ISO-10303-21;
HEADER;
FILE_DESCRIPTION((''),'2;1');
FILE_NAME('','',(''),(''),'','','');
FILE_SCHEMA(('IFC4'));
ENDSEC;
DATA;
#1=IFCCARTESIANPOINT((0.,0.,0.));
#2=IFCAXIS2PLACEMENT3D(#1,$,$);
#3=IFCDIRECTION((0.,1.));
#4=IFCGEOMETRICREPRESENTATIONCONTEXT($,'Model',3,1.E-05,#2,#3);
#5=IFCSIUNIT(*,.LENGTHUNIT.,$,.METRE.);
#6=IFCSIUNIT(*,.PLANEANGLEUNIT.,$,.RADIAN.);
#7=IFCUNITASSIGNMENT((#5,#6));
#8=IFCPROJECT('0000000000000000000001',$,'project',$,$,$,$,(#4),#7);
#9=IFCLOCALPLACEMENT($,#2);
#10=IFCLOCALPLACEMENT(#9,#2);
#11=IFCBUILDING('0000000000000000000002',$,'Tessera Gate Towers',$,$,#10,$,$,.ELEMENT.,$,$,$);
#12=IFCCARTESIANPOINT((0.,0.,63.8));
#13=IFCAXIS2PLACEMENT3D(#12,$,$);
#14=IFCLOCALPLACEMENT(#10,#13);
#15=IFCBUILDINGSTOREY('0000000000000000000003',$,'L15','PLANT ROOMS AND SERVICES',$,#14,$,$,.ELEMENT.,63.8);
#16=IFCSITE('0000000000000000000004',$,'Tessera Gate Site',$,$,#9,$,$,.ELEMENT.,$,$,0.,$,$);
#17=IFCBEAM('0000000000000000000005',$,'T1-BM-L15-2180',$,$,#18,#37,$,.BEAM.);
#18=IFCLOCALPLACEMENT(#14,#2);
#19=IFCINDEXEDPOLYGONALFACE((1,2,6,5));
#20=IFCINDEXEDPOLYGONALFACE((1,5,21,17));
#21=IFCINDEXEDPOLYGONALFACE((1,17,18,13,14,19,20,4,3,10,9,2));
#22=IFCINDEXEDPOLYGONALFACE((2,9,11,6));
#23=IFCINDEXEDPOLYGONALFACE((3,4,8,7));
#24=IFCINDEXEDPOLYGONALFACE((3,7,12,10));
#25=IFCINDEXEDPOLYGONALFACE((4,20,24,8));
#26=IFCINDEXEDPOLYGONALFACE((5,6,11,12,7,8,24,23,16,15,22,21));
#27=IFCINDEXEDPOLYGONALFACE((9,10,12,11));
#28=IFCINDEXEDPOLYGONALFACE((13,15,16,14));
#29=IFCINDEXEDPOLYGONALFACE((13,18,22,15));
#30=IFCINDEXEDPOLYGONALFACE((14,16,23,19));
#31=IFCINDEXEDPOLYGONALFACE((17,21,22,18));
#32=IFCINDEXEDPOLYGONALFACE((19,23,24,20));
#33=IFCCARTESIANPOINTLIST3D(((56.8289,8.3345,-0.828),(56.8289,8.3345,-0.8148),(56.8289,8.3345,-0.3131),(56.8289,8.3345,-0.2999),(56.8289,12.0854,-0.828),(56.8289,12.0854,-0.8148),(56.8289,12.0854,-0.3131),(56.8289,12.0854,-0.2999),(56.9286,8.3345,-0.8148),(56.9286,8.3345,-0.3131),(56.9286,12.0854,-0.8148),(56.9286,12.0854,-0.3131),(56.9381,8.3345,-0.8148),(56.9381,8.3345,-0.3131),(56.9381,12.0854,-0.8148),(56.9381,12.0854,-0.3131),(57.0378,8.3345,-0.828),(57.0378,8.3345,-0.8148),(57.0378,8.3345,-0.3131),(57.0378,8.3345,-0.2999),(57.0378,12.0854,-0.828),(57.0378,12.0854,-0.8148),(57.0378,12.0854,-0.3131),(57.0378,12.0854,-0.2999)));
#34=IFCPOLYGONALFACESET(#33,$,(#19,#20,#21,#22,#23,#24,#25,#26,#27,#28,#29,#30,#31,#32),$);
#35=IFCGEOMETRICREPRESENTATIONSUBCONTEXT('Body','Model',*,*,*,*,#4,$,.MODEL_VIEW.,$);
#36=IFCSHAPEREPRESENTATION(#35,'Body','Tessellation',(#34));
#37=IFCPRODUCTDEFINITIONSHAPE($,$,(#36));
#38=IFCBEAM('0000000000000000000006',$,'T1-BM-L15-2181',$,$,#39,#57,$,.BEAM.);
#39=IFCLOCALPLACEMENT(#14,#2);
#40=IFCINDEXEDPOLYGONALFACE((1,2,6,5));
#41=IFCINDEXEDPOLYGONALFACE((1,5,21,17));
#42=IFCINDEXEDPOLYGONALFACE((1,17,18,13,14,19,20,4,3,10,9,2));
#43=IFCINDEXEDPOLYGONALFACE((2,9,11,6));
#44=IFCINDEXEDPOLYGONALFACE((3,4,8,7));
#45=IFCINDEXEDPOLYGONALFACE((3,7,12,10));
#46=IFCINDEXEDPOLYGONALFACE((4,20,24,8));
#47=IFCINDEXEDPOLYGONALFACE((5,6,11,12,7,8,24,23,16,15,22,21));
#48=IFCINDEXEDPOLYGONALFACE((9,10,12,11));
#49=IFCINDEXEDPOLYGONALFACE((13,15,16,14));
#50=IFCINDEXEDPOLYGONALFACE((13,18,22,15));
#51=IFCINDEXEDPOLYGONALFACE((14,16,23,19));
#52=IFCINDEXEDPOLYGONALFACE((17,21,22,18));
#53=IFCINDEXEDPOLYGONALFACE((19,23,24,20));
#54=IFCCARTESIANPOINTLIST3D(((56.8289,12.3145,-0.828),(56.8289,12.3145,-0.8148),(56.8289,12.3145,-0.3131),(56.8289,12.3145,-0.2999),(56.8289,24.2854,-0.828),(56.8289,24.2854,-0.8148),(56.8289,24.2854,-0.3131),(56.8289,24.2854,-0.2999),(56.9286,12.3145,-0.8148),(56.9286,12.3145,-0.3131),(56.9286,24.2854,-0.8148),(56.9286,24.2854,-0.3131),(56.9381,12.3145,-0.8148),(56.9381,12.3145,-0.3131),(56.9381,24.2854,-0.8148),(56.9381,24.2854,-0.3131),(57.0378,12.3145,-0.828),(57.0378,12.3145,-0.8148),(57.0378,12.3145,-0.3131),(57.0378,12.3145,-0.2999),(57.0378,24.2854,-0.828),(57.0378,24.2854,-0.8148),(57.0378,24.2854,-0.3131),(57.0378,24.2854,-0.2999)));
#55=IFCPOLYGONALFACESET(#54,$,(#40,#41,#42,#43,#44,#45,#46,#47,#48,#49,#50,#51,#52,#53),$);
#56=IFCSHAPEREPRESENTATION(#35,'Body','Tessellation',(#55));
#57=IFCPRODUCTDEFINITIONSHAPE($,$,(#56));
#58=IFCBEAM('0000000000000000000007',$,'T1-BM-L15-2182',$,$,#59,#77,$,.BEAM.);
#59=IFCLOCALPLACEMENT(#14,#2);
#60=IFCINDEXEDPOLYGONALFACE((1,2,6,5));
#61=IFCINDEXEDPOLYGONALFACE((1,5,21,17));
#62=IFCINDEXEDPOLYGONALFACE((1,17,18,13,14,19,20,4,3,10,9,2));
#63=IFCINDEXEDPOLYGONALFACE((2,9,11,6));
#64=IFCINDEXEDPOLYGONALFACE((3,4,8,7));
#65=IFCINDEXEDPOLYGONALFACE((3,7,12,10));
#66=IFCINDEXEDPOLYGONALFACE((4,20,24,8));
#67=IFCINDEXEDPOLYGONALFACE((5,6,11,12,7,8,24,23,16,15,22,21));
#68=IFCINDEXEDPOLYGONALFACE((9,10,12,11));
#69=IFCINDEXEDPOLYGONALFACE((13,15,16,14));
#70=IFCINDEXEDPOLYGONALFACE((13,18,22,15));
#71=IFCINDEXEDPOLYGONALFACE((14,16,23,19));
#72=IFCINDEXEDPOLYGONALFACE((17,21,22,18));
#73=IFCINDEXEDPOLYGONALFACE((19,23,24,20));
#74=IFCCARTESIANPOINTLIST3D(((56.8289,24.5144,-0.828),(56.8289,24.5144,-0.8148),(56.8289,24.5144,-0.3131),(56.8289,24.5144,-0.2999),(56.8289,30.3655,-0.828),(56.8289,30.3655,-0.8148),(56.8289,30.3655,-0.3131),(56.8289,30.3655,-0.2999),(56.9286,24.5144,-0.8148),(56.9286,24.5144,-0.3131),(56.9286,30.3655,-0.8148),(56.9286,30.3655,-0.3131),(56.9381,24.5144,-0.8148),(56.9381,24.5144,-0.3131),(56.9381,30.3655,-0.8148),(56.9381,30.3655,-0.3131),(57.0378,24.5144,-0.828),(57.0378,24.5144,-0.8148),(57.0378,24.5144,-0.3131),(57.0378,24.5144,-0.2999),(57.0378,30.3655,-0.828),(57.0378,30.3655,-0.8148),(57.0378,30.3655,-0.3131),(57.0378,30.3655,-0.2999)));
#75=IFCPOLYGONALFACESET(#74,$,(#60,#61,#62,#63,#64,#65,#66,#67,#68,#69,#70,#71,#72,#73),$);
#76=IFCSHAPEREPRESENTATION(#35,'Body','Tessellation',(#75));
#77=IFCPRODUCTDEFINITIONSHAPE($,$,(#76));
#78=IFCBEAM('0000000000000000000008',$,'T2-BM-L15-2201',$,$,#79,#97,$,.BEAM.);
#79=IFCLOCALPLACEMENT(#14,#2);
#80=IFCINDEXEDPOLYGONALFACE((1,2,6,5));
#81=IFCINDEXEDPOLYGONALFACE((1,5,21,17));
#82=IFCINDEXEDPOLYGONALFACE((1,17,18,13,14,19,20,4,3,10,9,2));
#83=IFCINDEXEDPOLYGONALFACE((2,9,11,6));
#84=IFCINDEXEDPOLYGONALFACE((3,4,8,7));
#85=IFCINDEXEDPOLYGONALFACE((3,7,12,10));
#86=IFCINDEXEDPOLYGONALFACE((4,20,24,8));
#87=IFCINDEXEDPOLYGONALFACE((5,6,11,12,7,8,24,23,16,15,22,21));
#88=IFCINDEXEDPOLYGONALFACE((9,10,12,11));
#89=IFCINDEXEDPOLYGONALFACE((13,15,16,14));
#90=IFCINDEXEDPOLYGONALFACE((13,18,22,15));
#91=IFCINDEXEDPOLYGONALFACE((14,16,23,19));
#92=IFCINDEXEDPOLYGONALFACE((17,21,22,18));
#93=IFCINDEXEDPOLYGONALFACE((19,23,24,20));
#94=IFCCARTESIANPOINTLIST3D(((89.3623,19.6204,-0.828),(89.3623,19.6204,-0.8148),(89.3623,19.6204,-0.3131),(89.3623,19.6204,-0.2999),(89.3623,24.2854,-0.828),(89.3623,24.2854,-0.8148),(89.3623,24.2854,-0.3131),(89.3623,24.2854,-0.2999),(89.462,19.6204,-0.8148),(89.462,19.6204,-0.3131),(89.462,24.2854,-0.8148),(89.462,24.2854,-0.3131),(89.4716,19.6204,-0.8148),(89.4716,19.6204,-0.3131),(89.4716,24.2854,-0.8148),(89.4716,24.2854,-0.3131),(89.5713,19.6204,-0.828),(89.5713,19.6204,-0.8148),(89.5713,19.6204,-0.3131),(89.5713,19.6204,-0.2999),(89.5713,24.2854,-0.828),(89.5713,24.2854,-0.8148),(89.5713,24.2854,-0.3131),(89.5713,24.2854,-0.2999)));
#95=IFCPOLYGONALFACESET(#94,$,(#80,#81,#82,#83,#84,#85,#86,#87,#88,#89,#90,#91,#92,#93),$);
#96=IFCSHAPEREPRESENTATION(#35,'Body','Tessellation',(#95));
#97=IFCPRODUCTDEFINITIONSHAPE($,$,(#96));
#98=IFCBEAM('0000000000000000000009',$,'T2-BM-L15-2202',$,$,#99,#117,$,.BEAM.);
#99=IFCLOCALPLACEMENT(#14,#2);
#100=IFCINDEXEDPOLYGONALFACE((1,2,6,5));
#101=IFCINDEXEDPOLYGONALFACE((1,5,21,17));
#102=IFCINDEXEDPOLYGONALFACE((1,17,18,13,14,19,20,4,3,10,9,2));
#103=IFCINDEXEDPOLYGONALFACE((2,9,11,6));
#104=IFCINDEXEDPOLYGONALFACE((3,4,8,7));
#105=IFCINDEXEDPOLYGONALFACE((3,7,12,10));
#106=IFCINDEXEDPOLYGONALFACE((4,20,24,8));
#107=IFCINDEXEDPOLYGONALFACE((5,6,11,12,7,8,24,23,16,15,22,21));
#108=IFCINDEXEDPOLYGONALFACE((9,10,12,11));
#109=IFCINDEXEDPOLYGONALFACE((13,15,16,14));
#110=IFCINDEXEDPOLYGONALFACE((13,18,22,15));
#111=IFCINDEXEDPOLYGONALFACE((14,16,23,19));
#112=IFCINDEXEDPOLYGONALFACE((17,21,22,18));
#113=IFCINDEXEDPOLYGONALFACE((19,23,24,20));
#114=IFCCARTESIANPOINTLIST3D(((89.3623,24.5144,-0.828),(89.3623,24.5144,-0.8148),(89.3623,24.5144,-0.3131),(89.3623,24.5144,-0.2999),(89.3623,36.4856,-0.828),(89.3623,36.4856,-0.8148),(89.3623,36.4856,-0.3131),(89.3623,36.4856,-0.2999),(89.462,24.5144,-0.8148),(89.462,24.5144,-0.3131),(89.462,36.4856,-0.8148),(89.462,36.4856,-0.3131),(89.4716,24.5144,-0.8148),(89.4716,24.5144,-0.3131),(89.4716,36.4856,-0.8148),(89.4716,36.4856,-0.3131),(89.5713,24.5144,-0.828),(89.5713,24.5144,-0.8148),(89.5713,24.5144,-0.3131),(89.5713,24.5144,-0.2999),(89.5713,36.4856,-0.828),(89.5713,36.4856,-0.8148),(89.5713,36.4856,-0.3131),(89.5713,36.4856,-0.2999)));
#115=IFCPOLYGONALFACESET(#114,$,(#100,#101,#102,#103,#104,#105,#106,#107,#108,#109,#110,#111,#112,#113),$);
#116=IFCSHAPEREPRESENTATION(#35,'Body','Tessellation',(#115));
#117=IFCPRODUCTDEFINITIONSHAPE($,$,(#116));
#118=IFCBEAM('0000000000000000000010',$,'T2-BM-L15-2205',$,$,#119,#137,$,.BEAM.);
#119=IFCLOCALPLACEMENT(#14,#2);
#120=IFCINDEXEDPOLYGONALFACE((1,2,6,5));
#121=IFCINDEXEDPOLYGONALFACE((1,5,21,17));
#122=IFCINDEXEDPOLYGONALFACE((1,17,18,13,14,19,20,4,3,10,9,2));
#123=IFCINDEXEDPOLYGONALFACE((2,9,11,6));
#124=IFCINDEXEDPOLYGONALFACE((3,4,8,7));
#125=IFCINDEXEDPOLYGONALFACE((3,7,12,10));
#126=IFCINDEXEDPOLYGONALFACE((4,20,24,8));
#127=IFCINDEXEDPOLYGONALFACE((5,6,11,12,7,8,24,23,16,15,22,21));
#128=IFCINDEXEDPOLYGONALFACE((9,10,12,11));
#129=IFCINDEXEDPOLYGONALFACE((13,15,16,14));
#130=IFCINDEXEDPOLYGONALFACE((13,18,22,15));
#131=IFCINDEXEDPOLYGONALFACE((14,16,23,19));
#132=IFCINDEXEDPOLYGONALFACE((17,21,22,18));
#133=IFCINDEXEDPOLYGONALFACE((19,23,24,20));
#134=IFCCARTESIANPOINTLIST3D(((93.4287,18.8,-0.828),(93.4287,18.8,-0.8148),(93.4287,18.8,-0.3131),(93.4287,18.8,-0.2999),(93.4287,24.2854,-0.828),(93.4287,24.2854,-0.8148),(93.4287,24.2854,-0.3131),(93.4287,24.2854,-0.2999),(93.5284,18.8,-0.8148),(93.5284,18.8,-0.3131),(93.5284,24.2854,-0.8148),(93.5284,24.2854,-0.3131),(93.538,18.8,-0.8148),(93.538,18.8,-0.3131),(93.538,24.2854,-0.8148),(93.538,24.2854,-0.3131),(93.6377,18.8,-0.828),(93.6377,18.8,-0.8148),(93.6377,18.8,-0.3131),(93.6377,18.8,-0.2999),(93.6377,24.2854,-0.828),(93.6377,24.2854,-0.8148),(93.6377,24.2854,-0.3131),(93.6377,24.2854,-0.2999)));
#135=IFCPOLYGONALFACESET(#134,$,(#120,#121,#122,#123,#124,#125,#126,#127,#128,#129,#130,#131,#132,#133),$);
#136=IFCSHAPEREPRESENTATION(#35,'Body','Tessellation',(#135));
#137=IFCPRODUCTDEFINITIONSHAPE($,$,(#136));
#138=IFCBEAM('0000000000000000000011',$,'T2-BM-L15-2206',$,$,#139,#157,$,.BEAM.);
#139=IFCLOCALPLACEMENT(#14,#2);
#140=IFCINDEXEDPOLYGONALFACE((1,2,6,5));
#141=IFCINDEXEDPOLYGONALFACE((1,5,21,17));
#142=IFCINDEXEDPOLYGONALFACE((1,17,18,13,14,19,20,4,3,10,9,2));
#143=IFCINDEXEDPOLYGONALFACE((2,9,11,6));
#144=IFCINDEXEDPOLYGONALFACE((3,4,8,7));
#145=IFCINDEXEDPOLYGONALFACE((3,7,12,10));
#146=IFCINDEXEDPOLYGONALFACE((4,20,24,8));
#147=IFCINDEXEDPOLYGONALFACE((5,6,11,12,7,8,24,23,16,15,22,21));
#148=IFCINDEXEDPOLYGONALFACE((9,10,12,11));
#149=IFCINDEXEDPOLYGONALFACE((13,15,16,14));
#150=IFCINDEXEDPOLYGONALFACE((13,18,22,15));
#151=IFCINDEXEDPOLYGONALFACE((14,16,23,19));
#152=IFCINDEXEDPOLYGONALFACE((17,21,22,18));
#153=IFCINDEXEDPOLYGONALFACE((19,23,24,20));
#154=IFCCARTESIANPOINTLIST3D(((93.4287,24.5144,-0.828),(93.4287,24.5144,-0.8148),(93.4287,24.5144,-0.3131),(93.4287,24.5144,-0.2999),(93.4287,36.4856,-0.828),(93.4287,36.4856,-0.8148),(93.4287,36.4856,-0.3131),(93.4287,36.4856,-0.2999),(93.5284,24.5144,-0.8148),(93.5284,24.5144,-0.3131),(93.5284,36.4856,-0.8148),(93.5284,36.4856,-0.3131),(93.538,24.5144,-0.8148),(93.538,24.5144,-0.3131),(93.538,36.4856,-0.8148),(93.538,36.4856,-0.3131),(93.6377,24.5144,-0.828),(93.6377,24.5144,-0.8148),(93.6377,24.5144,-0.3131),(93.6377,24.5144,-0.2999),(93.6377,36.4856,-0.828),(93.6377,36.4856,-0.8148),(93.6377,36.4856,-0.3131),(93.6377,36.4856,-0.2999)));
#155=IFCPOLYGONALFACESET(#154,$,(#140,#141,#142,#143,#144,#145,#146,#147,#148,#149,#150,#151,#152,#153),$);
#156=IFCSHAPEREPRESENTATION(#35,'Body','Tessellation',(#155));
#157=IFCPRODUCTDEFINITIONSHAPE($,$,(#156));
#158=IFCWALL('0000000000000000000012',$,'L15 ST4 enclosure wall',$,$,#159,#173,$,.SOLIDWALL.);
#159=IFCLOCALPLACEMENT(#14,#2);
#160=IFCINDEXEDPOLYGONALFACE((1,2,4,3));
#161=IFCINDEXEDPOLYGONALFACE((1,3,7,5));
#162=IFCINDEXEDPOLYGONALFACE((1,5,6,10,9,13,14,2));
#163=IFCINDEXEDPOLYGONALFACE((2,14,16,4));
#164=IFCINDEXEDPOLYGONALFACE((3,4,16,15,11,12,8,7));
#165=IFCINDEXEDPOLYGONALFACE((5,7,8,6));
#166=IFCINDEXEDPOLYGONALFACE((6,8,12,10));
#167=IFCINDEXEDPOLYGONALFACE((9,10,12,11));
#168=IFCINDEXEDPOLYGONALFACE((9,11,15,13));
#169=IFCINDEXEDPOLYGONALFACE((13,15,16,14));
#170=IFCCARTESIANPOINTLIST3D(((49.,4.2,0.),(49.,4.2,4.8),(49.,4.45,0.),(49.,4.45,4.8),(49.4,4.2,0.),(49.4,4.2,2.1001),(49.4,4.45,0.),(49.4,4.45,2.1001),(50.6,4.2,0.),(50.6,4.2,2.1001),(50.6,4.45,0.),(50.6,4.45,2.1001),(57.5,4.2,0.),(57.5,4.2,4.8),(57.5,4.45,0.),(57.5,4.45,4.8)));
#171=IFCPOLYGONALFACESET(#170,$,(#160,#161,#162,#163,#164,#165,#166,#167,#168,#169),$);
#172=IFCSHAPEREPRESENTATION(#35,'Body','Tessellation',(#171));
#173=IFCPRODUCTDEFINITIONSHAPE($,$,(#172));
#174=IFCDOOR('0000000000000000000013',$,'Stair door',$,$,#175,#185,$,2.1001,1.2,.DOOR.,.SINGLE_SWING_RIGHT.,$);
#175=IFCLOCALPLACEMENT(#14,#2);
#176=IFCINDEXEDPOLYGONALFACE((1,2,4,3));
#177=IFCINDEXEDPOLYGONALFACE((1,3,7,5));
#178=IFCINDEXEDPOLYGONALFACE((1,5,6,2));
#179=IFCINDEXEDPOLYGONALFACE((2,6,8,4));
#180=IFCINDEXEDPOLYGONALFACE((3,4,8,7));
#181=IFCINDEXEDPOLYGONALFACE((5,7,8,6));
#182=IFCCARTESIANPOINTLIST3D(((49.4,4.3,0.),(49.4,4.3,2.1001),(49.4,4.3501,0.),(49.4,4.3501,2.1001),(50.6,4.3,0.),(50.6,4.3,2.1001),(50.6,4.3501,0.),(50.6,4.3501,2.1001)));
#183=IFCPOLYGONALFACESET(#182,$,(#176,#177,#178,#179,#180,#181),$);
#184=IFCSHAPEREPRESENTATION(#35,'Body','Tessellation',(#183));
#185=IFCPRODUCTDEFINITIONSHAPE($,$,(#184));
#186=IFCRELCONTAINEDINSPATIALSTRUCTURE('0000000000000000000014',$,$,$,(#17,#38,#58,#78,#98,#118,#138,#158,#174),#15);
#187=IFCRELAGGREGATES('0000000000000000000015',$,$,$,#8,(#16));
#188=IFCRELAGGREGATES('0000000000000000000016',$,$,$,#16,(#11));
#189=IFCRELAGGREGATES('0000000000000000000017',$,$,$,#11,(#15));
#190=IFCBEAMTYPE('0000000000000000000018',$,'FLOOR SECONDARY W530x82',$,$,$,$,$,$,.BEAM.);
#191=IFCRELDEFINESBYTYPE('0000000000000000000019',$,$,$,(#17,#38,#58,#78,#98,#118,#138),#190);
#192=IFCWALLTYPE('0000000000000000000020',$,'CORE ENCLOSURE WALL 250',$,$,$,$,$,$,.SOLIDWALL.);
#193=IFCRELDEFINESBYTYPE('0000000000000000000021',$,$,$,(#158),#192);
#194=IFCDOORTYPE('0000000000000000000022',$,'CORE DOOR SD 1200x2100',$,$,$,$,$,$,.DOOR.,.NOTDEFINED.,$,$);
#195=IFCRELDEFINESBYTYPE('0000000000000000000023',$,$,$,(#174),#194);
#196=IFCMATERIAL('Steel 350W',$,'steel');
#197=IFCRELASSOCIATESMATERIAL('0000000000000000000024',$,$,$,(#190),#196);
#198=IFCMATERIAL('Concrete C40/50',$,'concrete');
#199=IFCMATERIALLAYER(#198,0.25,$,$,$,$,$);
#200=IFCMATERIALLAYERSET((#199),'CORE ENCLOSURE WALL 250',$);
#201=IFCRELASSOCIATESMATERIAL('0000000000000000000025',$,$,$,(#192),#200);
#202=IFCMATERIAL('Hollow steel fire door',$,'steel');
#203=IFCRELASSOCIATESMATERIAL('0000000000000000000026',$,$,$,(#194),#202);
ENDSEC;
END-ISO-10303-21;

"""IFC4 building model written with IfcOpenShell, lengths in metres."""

from ifc_helpers import new_model, si_unit, direction, frame, frame_2d, origin, origin_2d, place, context, subcontext, project, spatial, rectangle, i_section, extrude, source, transform, mapped, material, layer, layer_set, material_profile, profile_set, type_object, element, fill, save


model = new_model("IFC4")

# Units and contexts
model_context = context("Model", 3, precision=1e-05, world=origin(), true_north=direction((0.0, 1.0)))
body_context = subcontext(model_context, "Body", "Model", "MODEL_VIEW")
ifc_project = project(units=[si_unit("LENGTHUNIT", "METRE"), si_unit("PLANEANGLEUNIT", "RADIAN")], contexts=[model_context])

# Site, building, storey
site_placement = place(None, origin())
site = spatial("IfcSite", under=ifc_project, at=site_placement, Name="Tessera Gate Site", CompositionType="ELEMENT", RefElevation=0.0)
building_placement = place(site_placement, origin())
building = spatial("IfcBuilding", under=site, at=building_placement, Name="Tessera Gate Towers", CompositionType="ELEMENT")
storey_placement = place(building_placement, frame((0.0, 0.0, 63.8)))
storey = spatial("IfcBuildingStorey", under=building, at=storey_placement, Name="L15", Description="PLANT ROOMS AND SERVICES", CompositionType="ELEMENT", Elevation=63.8)

# Beams
ifc_material_1 = material(Name="Steel 350W", Category="steel")
ifc_material_profile_1 = material_profile(ifc_material_1, i_section(OverallWidth=0.209, OverallDepth=0.5281, WebThickness=0.0095, FlangeThickness=0.0132, at=origin_2d()), Name="W530x82")
ifc_profile_set_1 = profile_set([ifc_material_profile_1], Name="Steel 350W")
beam_type_1 = type_object("IfcBeamType", Name="FLOOR SECONDARY W530x82", PredefinedType="BEAM", material=ifc_profile_set_1)
beam_1_placement = place(storey_placement, frame((56.9333, 8.3345, -0.564), z_axis=(0.0, 1.0, 0.0), x_axis=(-1.0, 0.0, 0.0)))
element("IfcBeam", 1, at=beam_1_placement, inside=storey, type_object=beam_type_1, Name="T1-BM-L15-2180", PredefinedType="BEAM", context=body_context, shape_type="SweptSolid", body=[
    extrude(i_section(OverallWidth=0.209, OverallDepth=0.5281, WebThickness=0.0095, FlangeThickness=0.0132, at=origin_2d()), origin(), (0.0, 0.0, 1.0), 3.751),
])
beam_2_placement = place(storey_placement, frame((56.9333, 12.3145, -0.564), z_axis=(0.0, 1.0, 0.0), x_axis=(-1.0, 0.0, 0.0)))
element("IfcBeam", 2, at=beam_2_placement, inside=storey, type_object=beam_type_1, Name="T1-BM-L15-2181", PredefinedType="BEAM", context=body_context, shape_type="SweptSolid", body=[
    extrude(i_section(OverallWidth=0.209, OverallDepth=0.5281, WebThickness=0.0095, FlangeThickness=0.0132, at=origin_2d()), origin(), (0.0, 0.0, 1.0), 11.9709),
])
beam_3_placement = place(storey_placement, frame((56.9333, 24.5144, -0.564), z_axis=(0.0, 1.0, 0.0), x_axis=(-1.0, 0.0, 0.0)))
element("IfcBeam", 3, at=beam_3_placement, inside=storey, type_object=beam_type_1, Name="T1-BM-L15-2182", PredefinedType="BEAM", context=body_context, shape_type="SweptSolid", body=[
    extrude(i_section(OverallWidth=0.209, OverallDepth=0.5281, WebThickness=0.0095, FlangeThickness=0.0132, at=origin_2d()), origin(), (0.0, 0.0, 1.0), 5.8511),
])
beam_4_placement = place(storey_placement, frame((89.4668, 19.6204, -0.564), z_axis=(0.0, 1.0, 0.0), x_axis=(-1.0, 0.0, 0.0)))
element("IfcBeam", 4, at=beam_4_placement, inside=storey, type_object=beam_type_1, Name="T2-BM-L15-2201", PredefinedType="BEAM", context=body_context, shape_type="SweptSolid", body=[
    extrude(i_section(OverallWidth=0.209, OverallDepth=0.5281, WebThickness=0.0095, FlangeThickness=0.0132, at=origin_2d()), origin(), (0.0, 0.0, 1.0), 4.665),
])
beam_5_placement = place(storey_placement, frame((89.4668, 24.5144, -0.564), z_axis=(0.0, 1.0, 0.0), x_axis=(-1.0, 0.0, 0.0)))
element("IfcBeam", 5, at=beam_5_placement, inside=storey, type_object=beam_type_1, Name="T2-BM-L15-2202", PredefinedType="BEAM", context=body_context, shape_type="SweptSolid", body=[
    extrude(i_section(OverallWidth=0.209, OverallDepth=0.5281, WebThickness=0.0095, FlangeThickness=0.0132, at=origin_2d()), origin(), (0.0, 0.0, 1.0), 11.9712),
])
beam_6_placement = place(storey_placement, frame((93.5332, 18.8, -0.564), z_axis=(0.0, 1.0, 0.0), x_axis=(-1.0, 0.0, 0.0)))
element("IfcBeam", 6, at=beam_6_placement, inside=storey, type_object=beam_type_1, Name="T2-BM-L15-2205", PredefinedType="BEAM", context=body_context, shape_type="SweptSolid", body=[
    extrude(i_section(OverallWidth=0.209, OverallDepth=0.5281, WebThickness=0.0095, FlangeThickness=0.0132, at=origin_2d()), origin(), (0.0, 0.0, 1.0), 5.4854),
])
beam_7_placement = place(storey_placement, frame((93.5332, 24.5144, -0.564), z_axis=(0.0, 1.0, 0.0), x_axis=(-1.0, 0.0, 0.0)))
element("IfcBeam", 7, at=beam_7_placement, inside=storey, type_object=beam_type_1, Name="T2-BM-L15-2206", PredefinedType="BEAM", context=body_context, shape_type="SweptSolid", body=[
    extrude(i_section(OverallWidth=0.209, OverallDepth=0.5281, WebThickness=0.0095, FlangeThickness=0.0132, at=origin_2d()), origin(), (0.0, 0.0, 1.0), 11.9712),
])

# Wall, opening, door
ifc_material_2 = material(Name="Concrete C40/50", Category="concrete")
ifc_layer_1 = layer(ifc_material_2, 0.25)
ifc_layer_set_1 = layer_set([ifc_layer_1], Name="CORE ENCLOSURE WALL 250")
wall_type_1 = type_object("IfcWallType", Name="CORE ENCLOSURE WALL 250", PredefinedType="SOLIDWALL", material=ifc_layer_set_1)
wall_1_placement = place(storey_placement, frame((57.5, 4.325, 0.0), z_axis=(0.0, 0.0, 1.0), x_axis=(-1.0, 0.0, 0.0)))
wall_1 = element("IfcWall", 8, at=wall_1_placement, inside=storey, type_object=wall_type_1, Name="L15 ST4 enclosure wall", PredefinedType="SOLIDWALL", context=body_context, shape_type="SweptSolid", body=[
    extrude(rectangle(XDim=8.5, YDim=0.25, at=frame_2d((4.25, 0.0))), origin(), (0.0, 0.0, 1.0), 4.8),
])
shared_shape_1 = source(origin(), body_context, "Body", "SweptSolid", [
    extrude(rectangle(XDim=1.2, YDim=2.1001, at=frame_2d((0.6001, 1.05))), frame((0.0, 0.135, 0.0), z_axis=(0.0, -1.0, 0.0), x_axis=(1.0, 0.0, 0.0)), (0.0, 0.0, 1.0), 0.27),
])
opening_1_placement = place(wall_1_placement, frame((6.8999, 0.0, 0.0)))
opening_1 = element("IfcOpeningElement", 9, at=opening_1_placement, cuts=wall_1, PredefinedType="OPENING", context=body_context, shape_type="MappedRepresentation", body=[
    mapped(shared_shape_1, transform((0.0, 0.0, 0.0), scale=1.0)),
])
ifc_material_3 = material(Name="Hollow steel fire door", Category="steel")
door_type_1 = type_object("IfcDoorType", Name="CORE DOOR SD 1200x2100", OperationType="NOTDEFINED", PredefinedType="DOOR", material=ifc_material_3)
shared_shape_2 = source(origin(), body_context, "Body", "SweptSolid", [
    extrude(rectangle(XDim=1.2, YDim=2.1001, at=frame_2d((0.6001, 1.05))), frame((0.0, 0.0249, 0.0), z_axis=(0.0, -1.0, 0.0), x_axis=(1.0, 0.0, 0.0)), (0.0, 0.0, 1.0), 0.05),
])
door_1_placement = place(opening_1_placement, origin())
door_1 = element("IfcDoor", 10, at=door_1_placement, inside=storey, type_object=door_type_1, Name="Stair door", OperationType="SINGLE_SWING_RIGHT", OverallHeight=2.1001, OverallWidth=1.2, PredefinedType="DOOR", context=body_context, shape_type="MappedRepresentation", body=[
    mapped(shared_shape_2, transform((0.0, 0.0, 0.0), scale=1.0)),
])
fill(opening_1, door_1)

save(model, "model.ifc")
